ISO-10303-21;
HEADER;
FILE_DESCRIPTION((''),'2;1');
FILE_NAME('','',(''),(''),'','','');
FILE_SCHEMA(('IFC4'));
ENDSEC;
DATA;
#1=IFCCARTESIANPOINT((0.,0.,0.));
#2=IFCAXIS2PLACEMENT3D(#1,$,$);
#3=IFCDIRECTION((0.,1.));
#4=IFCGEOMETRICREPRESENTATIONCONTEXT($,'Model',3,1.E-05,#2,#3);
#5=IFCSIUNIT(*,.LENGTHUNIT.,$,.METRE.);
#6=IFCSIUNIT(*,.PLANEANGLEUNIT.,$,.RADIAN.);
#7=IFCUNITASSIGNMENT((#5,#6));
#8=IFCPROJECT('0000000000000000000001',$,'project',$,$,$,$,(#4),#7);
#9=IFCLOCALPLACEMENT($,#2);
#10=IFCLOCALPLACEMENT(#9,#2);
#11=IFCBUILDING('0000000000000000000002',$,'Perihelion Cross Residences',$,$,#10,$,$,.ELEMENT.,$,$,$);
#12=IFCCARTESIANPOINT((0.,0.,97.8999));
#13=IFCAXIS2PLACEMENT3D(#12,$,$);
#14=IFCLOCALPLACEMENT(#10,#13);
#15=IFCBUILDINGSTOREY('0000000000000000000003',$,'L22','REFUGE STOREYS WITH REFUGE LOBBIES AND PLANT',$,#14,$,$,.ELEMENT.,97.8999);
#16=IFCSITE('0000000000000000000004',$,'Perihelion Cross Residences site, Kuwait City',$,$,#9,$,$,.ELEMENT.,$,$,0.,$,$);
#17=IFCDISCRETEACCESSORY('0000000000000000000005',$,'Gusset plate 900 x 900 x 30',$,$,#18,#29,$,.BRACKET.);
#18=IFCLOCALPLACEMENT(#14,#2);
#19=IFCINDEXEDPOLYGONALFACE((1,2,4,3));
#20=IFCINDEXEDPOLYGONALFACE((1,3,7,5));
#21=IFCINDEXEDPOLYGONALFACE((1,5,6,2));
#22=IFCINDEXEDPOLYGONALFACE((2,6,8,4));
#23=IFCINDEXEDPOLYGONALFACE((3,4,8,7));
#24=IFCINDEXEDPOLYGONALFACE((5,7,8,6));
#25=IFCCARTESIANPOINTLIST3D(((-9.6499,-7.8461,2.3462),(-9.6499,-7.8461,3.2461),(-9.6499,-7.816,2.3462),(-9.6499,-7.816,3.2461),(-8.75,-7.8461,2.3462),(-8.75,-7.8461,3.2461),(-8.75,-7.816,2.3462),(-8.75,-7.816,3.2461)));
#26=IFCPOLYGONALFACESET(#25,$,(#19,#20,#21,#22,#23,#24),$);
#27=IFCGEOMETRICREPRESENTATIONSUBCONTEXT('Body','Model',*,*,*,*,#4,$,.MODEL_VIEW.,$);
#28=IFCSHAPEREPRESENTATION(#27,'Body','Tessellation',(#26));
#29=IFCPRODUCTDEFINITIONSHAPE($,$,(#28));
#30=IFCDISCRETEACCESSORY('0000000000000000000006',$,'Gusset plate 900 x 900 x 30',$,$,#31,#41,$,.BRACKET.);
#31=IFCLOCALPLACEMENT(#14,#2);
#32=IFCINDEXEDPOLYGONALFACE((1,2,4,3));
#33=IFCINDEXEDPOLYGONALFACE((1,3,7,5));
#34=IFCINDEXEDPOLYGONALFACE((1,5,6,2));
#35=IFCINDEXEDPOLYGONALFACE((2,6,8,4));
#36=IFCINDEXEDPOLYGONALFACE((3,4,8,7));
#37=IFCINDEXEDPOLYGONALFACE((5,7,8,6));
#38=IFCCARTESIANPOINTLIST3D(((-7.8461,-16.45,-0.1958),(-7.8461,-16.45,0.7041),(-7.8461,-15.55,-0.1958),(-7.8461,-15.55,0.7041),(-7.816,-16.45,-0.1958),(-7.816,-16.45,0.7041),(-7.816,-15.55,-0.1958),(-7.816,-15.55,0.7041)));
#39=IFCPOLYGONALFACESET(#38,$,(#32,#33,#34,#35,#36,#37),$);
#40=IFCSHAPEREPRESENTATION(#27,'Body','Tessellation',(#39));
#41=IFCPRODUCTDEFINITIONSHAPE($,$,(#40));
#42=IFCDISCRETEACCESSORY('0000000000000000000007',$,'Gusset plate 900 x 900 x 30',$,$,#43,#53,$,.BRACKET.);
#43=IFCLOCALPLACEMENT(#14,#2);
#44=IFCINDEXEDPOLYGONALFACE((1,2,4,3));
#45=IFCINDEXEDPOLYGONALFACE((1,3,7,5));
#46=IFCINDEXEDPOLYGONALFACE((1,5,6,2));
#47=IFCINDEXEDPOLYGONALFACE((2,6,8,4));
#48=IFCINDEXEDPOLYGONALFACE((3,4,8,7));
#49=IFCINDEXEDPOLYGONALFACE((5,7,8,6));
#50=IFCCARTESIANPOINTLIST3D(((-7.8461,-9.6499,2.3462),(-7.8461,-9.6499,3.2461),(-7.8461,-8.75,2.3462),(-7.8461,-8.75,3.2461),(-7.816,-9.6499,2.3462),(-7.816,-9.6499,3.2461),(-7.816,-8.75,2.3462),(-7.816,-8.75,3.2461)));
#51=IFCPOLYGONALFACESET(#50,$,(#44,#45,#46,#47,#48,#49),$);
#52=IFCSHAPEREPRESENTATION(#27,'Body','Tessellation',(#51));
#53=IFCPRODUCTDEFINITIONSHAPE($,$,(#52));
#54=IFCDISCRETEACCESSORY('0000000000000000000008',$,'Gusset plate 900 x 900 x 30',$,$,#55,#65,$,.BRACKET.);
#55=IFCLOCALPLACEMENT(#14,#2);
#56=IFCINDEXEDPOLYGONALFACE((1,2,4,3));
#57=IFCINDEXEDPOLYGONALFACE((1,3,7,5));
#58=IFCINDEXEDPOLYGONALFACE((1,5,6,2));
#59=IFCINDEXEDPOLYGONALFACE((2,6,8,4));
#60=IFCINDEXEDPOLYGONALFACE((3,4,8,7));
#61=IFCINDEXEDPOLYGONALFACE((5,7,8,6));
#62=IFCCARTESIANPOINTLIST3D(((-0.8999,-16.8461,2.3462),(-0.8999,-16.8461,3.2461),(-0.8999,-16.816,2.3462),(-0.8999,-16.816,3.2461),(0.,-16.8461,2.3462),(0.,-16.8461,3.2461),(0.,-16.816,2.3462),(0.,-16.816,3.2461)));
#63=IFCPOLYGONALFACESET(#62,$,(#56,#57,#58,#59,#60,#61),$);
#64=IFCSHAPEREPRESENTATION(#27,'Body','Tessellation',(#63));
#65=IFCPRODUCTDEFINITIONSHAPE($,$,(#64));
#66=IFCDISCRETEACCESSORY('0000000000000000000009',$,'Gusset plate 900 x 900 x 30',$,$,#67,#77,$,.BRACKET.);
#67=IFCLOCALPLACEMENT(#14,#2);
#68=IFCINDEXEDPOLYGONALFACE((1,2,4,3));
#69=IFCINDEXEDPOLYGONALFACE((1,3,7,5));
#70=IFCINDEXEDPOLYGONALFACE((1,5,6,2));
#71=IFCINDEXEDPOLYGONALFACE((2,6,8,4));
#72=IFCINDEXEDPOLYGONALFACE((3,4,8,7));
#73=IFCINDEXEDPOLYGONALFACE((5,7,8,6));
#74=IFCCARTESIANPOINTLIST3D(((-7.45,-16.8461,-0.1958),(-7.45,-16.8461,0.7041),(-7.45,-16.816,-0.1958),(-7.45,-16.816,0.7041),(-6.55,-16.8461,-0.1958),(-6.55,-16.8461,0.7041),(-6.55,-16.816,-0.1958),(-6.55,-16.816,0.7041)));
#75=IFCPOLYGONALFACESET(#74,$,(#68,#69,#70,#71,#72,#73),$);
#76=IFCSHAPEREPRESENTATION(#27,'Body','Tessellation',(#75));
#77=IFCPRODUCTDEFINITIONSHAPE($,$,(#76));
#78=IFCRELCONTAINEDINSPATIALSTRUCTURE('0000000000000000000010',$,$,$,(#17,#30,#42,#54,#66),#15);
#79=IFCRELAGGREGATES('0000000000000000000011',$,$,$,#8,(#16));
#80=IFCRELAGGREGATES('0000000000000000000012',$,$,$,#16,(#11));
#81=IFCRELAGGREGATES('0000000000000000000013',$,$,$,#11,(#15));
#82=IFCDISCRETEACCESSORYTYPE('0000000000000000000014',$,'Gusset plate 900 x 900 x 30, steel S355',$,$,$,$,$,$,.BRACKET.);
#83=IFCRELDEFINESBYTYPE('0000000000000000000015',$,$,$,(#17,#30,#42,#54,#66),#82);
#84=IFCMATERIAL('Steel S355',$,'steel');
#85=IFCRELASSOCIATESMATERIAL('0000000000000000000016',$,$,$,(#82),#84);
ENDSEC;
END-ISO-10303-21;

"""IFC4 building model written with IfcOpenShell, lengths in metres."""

from ifc_helpers import new_model, si_unit, direction, frame, origin, origin_2d, place, context, subcontext, project, spatial, rectangle, extrude, material, type_object, element, save


model = new_model("IFC4")

# Units and contexts
model_context = context("Model", 3, precision=1e-05, world=origin(), true_north=direction((0.0, 1.0)))
body_context = subcontext(model_context, "Body", "Model", "MODEL_VIEW")
ifc_project = project(units=[si_unit("LENGTHUNIT", "METRE"), si_unit("PLANEANGLEUNIT", "RADIAN")], contexts=[model_context])

# Site, building, storey
site_placement = place(None, origin())
site = spatial("IfcSite", under=ifc_project, at=site_placement, Name="Perihelion Cross Residences site, Kuwait City", CompositionType="ELEMENT", RefElevation=0.0)
building_placement = place(site_placement, origin())
building = spatial("IfcBuilding", under=site, at=building_placement, Name="Perihelion Cross Residences", CompositionType="ELEMENT")
storey_placement = place(building_placement, frame((0.0, 0.0, 97.8999)))
storey = spatial("IfcBuildingStorey", under=building, at=storey_placement, Name="L22", Description="REFUGE STOREYS WITH REFUGE LOBBIES AND PLANT", CompositionType="ELEMENT", Elevation=97.8999)

# Discrete accessories
ifc_material_1 = material(Name="Steel S355", Category="steel")
discrete_accessory_type = type_object("IfcDiscreteAccessoryType", Name="Gusset plate 900 x 900 x 30, steel S355", PredefinedType="BRACKET", material=ifc_material_1)
for number, where, z_axis, x_axis, name in (
    (1, (-9.2, -7.8311, 2.3462), (0.0, 0.0, 1.0), (-1.0, 0.0, 0.0), "Gusset plate 900 x 900 x 30"),
    (2, (-7.8311, -16.0, -0.1958), (0.0, 0.0, 1.0), (0.0, 1.0, 0.0), "Gusset plate 900 x 900 x 30"),
    (3, (-7.8311, -9.2, 2.3462), (0.0, 0.0, 1.0), (0.0, -1.0, 0.0), "Gusset plate 900 x 900 x 30"),
    (4, (-0.45, -16.8311, 2.3462), (0.0, 0.0, 1.0), (-1.0, 0.0, 0.0), "Gusset plate 900 x 900 x 30"),
    (5, (-7.0, -16.8311, -0.1958), (0.0, 0.0, 1.0), (1.0, 0.0, 0.0), "Gusset plate 900 x 900 x 30"),
):
    element("IfcDiscreteAccessory", number, at=place(storey_placement, frame(where, z_axis=z_axis, x_axis=x_axis)), inside=storey, type_object=discrete_accessory_type, Name=name, PredefinedType="BRACKET", context=body_context, shape_type="SweptSolid", body=[
        extrude(rectangle(XDim=0.8999, YDim=0.03, at=origin_2d()), origin(), (0.0, 0.0, 1.0), 0.8999),
    ])

save(model, "model.ifc")
